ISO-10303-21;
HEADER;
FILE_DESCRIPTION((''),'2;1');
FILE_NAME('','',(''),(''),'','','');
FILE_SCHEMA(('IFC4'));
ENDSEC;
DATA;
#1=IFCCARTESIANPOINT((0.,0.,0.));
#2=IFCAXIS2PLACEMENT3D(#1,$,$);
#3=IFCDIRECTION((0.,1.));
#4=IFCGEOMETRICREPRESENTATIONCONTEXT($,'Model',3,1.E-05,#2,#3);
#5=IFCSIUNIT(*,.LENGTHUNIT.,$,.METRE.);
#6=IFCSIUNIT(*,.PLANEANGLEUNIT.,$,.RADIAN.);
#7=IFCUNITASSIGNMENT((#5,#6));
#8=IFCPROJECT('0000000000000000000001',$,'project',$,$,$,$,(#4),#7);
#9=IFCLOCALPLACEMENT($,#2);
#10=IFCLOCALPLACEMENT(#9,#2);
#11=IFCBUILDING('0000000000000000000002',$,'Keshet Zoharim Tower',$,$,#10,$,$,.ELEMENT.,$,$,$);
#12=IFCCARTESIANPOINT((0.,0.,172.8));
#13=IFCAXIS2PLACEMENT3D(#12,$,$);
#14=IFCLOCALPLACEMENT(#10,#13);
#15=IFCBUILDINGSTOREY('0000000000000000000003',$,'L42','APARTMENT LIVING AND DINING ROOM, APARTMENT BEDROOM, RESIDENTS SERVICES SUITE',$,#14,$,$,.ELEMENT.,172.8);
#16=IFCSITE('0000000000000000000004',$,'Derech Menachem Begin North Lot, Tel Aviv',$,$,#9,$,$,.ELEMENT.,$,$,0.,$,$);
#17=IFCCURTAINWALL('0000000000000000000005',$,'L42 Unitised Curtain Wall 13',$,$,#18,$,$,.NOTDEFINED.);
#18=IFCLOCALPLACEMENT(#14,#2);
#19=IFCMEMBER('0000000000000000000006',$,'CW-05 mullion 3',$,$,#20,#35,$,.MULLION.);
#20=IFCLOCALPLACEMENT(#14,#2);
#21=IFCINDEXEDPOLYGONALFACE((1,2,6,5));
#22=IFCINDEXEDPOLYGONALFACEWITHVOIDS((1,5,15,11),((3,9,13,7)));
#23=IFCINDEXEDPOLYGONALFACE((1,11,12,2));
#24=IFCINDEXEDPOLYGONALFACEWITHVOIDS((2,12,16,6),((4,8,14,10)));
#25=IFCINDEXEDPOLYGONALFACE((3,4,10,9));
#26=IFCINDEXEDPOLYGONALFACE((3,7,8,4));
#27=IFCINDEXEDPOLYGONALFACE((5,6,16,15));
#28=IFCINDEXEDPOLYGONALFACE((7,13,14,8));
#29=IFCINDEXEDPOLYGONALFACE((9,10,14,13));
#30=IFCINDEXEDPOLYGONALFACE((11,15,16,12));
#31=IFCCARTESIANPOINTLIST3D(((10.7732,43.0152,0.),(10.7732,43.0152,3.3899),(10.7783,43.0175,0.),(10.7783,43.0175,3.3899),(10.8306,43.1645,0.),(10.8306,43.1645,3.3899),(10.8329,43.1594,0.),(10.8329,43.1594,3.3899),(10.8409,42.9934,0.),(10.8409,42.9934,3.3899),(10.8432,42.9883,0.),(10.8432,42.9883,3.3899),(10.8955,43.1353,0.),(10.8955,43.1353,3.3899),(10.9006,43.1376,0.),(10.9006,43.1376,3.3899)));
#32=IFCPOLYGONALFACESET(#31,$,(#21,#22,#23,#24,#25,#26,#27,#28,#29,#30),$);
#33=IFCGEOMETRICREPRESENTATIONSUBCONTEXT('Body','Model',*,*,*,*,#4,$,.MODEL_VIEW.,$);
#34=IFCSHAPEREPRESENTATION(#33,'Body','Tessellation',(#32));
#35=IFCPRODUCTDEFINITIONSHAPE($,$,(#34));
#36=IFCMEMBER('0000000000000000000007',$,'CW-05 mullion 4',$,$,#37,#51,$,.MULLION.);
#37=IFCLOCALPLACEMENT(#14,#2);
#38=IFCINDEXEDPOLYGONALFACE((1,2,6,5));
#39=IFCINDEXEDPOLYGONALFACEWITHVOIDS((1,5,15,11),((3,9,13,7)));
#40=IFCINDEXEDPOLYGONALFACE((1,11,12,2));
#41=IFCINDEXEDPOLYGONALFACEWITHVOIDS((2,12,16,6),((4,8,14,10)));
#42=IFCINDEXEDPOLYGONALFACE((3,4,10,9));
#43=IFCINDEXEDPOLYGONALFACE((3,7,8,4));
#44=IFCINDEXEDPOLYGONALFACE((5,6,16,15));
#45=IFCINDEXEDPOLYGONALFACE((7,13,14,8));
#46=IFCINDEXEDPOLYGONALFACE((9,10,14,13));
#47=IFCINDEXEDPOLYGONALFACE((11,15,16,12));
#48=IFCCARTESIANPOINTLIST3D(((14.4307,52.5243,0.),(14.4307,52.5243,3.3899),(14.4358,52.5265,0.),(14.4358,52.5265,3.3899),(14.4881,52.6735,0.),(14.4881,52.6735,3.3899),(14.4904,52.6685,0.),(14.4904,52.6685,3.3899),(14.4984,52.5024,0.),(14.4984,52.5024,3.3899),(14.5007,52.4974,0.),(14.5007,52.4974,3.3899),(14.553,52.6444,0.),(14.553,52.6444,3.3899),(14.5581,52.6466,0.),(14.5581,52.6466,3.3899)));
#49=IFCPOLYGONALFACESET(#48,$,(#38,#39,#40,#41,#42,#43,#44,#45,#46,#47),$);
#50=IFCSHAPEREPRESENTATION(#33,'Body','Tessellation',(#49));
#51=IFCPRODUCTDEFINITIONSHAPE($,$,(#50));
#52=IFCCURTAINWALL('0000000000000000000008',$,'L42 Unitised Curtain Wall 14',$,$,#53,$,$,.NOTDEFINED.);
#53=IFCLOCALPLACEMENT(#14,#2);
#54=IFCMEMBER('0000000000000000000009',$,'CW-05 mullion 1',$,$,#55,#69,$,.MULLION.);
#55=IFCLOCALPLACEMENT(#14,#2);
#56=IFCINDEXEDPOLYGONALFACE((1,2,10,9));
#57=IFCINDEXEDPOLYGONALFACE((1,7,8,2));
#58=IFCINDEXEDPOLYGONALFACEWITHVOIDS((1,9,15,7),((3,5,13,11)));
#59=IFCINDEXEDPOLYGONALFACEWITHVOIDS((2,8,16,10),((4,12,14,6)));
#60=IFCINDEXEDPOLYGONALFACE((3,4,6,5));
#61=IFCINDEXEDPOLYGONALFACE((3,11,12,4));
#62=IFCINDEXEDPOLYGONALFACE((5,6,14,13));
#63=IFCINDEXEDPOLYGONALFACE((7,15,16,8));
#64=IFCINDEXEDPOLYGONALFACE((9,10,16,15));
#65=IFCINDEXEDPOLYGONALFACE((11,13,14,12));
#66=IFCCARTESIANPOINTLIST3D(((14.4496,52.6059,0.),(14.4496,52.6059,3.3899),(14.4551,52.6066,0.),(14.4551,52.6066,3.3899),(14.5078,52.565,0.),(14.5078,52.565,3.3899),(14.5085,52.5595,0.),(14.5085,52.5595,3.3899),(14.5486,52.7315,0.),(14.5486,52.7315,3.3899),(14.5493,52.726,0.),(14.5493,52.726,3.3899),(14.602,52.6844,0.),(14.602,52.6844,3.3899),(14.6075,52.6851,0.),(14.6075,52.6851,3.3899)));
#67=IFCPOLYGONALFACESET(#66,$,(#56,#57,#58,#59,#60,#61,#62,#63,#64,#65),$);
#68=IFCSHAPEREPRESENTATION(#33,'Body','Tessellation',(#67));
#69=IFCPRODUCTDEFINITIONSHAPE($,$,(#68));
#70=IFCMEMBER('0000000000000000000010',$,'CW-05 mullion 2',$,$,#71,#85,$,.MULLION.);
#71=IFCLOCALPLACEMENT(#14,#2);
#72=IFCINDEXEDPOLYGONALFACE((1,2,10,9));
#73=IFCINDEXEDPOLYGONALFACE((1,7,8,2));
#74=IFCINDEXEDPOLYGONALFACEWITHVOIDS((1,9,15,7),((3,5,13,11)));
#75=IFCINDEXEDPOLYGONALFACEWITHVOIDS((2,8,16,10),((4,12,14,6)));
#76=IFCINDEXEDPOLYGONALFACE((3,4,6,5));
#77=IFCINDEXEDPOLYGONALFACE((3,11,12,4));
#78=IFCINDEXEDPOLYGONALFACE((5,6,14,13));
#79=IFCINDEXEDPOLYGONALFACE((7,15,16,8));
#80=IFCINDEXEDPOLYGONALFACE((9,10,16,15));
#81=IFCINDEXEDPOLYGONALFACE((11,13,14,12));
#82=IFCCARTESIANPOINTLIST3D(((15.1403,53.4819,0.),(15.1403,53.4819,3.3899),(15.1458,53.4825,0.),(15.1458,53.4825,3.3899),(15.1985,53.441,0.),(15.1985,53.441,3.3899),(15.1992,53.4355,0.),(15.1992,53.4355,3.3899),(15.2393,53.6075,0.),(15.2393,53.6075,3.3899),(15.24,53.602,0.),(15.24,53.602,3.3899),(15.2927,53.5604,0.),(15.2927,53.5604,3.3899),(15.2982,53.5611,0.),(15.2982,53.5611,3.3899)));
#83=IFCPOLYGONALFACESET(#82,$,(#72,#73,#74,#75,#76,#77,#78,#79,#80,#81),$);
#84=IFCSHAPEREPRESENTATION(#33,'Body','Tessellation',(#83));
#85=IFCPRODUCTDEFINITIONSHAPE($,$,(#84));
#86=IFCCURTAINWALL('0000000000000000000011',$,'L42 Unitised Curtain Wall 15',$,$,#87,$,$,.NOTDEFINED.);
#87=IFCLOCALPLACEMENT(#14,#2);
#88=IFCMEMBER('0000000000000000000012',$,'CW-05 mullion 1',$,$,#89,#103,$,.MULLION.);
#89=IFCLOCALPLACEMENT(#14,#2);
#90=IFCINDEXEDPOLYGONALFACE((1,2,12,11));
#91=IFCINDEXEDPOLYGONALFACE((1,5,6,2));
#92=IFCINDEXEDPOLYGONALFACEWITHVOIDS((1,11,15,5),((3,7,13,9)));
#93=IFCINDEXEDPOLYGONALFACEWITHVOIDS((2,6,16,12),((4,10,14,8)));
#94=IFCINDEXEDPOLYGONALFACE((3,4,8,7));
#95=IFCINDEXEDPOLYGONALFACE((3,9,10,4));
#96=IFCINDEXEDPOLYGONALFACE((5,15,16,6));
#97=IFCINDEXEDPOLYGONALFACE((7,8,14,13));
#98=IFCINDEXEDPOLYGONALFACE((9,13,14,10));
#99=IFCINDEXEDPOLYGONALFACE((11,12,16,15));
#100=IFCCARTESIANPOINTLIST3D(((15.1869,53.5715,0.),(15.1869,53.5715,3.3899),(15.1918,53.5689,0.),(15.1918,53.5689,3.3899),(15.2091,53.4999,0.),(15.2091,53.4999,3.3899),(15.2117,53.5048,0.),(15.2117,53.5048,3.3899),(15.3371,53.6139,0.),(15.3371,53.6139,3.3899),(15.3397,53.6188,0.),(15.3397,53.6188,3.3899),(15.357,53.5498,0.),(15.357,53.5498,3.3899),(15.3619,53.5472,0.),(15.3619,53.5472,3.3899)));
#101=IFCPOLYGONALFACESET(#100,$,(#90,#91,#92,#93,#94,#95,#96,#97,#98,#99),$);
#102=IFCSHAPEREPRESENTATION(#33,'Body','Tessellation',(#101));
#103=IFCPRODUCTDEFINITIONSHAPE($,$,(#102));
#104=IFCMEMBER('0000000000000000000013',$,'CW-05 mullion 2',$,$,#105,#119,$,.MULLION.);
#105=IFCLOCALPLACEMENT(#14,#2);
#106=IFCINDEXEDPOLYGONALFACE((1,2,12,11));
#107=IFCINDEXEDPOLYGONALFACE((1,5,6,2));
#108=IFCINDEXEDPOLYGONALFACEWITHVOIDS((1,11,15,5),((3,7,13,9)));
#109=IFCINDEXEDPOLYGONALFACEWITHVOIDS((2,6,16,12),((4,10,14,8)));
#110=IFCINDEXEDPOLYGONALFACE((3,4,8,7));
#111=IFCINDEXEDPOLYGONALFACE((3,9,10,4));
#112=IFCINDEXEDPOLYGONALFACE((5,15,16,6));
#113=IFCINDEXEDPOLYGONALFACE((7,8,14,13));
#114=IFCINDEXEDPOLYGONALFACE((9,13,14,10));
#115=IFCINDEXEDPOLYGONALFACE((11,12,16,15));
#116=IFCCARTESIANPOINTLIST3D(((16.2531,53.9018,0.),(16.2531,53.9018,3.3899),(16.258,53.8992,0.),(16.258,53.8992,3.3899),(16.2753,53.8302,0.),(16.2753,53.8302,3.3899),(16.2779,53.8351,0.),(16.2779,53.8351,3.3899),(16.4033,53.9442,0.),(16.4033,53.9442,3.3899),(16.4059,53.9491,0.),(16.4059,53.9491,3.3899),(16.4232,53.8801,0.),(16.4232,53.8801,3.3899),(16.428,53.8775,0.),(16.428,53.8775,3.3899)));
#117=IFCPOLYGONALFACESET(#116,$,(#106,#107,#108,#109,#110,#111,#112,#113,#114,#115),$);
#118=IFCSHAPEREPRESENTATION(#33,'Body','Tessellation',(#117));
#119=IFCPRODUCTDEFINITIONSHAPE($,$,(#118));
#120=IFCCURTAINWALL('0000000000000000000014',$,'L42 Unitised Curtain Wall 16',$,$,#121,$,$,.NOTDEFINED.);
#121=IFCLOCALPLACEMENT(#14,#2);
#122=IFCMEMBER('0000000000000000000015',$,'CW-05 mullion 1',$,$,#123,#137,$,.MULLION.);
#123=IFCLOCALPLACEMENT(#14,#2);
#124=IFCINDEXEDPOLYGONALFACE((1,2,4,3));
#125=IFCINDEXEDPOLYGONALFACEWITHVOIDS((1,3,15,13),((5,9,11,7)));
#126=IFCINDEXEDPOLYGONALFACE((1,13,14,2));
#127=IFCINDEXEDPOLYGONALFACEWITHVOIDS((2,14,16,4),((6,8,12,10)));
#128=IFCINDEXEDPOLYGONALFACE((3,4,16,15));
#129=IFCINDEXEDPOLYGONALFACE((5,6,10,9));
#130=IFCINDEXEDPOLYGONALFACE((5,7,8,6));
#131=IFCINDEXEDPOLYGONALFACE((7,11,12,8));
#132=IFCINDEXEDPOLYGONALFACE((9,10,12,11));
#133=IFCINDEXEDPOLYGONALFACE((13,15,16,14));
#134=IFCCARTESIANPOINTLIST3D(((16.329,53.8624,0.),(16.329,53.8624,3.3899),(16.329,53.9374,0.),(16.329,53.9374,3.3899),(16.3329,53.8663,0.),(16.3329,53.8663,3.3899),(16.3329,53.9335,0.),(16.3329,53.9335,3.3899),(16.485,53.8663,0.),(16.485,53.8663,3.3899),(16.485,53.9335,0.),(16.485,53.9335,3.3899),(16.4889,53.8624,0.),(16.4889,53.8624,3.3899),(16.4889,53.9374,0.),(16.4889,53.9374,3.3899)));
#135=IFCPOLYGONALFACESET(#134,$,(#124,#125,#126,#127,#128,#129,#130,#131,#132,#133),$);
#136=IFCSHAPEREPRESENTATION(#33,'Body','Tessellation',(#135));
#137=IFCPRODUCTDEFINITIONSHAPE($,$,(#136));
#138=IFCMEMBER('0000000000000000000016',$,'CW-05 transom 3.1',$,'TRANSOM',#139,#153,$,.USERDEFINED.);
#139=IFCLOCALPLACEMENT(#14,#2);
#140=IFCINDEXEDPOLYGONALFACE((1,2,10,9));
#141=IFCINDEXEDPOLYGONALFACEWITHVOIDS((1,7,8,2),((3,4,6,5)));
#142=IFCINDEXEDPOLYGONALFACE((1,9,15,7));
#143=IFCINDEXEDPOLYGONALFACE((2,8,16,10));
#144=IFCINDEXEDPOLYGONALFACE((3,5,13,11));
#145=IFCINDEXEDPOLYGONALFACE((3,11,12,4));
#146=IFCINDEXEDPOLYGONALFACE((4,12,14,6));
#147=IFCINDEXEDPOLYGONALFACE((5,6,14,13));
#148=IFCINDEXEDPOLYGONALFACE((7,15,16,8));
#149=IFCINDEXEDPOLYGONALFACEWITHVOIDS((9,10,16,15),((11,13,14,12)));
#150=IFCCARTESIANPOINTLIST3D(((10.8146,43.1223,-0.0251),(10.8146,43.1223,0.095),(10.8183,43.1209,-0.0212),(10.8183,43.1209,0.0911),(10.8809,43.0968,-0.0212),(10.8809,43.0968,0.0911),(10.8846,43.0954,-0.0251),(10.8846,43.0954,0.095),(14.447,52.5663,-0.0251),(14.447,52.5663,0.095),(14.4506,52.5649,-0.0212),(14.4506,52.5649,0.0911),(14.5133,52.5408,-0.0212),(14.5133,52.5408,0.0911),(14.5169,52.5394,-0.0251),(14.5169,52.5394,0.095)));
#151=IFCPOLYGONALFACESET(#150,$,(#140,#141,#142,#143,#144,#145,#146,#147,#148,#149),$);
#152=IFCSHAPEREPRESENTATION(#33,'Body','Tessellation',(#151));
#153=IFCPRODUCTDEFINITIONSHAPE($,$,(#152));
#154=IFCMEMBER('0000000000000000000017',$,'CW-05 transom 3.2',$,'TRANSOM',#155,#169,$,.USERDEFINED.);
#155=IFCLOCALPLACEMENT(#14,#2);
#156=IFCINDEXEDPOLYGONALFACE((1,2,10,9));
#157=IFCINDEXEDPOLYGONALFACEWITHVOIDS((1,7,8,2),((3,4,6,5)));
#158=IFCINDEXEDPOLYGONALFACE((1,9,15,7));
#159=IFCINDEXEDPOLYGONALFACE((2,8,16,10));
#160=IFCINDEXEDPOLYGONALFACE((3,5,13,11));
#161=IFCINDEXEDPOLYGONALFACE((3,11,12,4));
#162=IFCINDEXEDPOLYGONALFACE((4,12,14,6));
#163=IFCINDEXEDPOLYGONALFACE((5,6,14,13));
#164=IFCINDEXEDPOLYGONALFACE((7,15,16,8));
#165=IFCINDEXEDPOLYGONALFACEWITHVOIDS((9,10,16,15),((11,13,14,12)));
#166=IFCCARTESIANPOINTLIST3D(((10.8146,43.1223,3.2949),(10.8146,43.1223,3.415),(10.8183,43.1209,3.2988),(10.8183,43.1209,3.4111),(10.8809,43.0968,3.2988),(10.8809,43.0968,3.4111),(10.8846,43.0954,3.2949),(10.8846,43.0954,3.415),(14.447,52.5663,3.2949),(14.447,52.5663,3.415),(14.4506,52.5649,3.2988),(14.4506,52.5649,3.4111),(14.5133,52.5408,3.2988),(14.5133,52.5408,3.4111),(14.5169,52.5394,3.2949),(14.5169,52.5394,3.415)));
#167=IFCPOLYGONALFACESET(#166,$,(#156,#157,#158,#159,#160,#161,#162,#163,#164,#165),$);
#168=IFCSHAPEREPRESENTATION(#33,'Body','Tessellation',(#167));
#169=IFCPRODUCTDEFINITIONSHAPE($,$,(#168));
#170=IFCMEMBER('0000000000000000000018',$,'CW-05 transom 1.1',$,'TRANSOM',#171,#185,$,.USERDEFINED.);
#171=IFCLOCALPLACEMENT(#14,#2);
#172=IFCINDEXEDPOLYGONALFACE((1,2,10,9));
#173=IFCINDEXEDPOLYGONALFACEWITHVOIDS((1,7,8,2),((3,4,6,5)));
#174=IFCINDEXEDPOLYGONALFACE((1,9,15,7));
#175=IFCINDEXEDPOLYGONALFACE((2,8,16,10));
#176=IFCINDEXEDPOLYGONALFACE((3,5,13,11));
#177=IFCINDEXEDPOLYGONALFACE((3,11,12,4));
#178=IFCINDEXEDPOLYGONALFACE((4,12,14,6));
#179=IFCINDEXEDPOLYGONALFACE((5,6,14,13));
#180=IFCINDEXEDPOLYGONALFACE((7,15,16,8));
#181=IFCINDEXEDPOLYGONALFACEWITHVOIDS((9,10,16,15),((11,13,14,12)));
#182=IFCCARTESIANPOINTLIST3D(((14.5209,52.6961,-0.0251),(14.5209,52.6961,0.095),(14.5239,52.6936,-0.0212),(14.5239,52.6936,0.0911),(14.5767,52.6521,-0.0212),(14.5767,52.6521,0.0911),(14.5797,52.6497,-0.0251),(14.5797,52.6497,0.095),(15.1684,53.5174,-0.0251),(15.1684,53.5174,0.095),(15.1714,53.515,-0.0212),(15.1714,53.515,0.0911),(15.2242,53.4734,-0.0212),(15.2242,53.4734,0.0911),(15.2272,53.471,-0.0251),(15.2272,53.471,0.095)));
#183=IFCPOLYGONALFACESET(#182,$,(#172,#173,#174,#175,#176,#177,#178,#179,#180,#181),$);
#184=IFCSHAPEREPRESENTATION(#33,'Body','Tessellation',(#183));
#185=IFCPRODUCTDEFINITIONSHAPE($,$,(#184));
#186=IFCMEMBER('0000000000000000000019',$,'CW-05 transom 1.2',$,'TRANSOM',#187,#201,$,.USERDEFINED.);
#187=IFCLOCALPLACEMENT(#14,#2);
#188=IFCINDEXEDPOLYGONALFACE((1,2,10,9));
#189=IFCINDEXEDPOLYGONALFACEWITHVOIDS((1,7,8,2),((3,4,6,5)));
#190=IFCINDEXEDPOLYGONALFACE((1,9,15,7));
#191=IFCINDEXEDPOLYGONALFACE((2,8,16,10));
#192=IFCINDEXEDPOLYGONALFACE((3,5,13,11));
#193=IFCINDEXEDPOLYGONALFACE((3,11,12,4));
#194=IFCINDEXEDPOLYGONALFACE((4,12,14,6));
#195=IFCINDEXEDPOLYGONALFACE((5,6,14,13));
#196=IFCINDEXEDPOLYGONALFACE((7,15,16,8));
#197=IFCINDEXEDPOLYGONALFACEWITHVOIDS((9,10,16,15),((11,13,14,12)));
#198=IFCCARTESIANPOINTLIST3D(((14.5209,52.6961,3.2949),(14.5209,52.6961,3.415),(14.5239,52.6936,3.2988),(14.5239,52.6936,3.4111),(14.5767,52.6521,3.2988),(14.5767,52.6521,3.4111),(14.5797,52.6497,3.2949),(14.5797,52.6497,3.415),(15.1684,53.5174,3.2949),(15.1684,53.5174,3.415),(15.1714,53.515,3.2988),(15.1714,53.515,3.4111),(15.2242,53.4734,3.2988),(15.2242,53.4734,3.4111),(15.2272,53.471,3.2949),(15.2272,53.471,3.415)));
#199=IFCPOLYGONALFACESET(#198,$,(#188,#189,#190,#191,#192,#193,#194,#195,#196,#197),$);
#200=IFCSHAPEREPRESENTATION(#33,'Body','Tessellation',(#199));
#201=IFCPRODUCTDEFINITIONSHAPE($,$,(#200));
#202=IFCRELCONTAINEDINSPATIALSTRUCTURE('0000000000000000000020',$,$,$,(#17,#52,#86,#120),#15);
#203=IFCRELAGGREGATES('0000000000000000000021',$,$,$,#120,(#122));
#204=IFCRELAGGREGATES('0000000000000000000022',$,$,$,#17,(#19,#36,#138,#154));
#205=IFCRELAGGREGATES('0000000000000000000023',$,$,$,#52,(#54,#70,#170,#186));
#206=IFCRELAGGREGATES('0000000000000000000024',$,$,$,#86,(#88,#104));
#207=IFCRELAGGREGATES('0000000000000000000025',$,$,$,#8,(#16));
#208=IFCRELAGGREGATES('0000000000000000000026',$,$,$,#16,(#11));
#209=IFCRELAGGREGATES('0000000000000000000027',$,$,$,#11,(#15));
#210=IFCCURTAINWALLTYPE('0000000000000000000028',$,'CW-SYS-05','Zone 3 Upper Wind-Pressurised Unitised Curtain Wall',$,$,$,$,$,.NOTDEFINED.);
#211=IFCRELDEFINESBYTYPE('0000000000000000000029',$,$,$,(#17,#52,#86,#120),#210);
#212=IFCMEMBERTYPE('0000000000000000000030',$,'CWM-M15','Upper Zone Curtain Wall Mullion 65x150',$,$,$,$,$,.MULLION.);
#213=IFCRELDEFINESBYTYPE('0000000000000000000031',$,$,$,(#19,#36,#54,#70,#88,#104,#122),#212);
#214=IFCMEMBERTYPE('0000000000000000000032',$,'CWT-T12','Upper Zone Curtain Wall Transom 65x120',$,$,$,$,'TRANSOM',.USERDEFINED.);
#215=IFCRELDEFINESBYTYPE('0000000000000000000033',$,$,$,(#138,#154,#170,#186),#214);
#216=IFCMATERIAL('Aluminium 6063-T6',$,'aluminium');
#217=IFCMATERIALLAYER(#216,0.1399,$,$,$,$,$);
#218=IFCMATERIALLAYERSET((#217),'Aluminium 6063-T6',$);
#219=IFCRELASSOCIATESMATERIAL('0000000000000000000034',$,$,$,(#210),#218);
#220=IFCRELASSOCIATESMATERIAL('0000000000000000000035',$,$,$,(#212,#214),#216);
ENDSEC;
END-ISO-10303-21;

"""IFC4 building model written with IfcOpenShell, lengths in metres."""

from ifc_helpers import new_model, si_unit, direction, frame, origin, origin_2d, place, context, subcontext, project, spatial, hollow_rectangle, extrude, material, layer, layer_set, material_profile, profile_set, type_object, element, aggregate, save


model = new_model("IFC4")

# Units and contexts
model_context = context("Model", 3, precision=1e-05, world=origin(), true_north=direction((0.0, 1.0)))
body_context = subcontext(model_context, "Body", "Model", "MODEL_VIEW")
ifc_project = project(units=[si_unit("LENGTHUNIT", "METRE"), si_unit("PLANEANGLEUNIT", "RADIAN")], contexts=[model_context])

# Site, building, storey
site_placement = place(None, origin())
site = spatial("IfcSite", under=ifc_project, at=site_placement, Name="Derech Menachem Begin North Lot, Tel Aviv", CompositionType="ELEMENT", RefElevation=0.0)
building_placement = place(site_placement, origin())
building = spatial("IfcBuilding", under=site, at=building_placement, Name="Keshet Zoharim Tower", CompositionType="ELEMENT")
storey_placement = place(building_placement, frame((0.0, 0.0, 172.8)))
storey = spatial("IfcBuildingStorey", under=building, at=storey_placement, Name="L42", Description="APARTMENT LIVING AND DINING ROOM, APARTMENT BEDROOM, RESIDENTS SERVICES SUITE", CompositionType="ELEMENT", Elevation=172.8)

# Curtain walls, members
ifc_material_1 = material(Name="Aluminium 6063-T6", Category="aluminium")
ifc_layer_1 = layer(ifc_material_1, 0.1399)
ifc_layer_set_1 = layer_set([ifc_layer_1], Name="Aluminium 6063-T6")
curtain_wall_type = type_object("IfcCurtainWallType", Name="CW-SYS-05", Description="Zone 3 Upper Wind-Pressurised Unitised Curtain Wall", PredefinedType="NOTDEFINED", material=ifc_layer_set_1)
curtain_wall_1_placement = place(storey_placement, origin())
curtain_wall_1 = element("IfcCurtainWall", 1, at=curtain_wall_1_placement, inside=storey, type_object=curtain_wall_type, Name="L42 Unitised Curtain Wall 13", PredefinedType="NOTDEFINED")
ifc_material_profile_1 = material_profile(ifc_material_1, hollow_rectangle(XDim=0.075, YDim=0.1599, WallThickness=0.0039, at=origin_2d()), Name="MUL-75x160")
ifc_profile_set_1 = profile_set([ifc_material_profile_1], Name="Aluminium 6063-T6")
member_type_1 = type_object("IfcMemberType", Name="CWM-M15", Description="Upper Zone Curtain Wall Mullion 65x150", PredefinedType="MULLION", material=ifc_profile_set_1)
member_1_placement = place(storey_placement, frame((10.8369, 43.0764, 0.0), z_axis=(0.0, 0.0, 1.0), x_axis=(-0.933341, 0.35899, 0.0)))
member_1 = element("IfcMember", 2, at=member_1_placement, type_object=member_type_1, Name="CW-05 mullion 3", PredefinedType="MULLION", context=body_context, shape_type="SweptSolid", body=[
    extrude(hollow_rectangle(XDim=0.075, YDim=0.1599, WallThickness=0.0039, at=origin_2d()), origin(), (0.0, 0.0, 1.0), 3.3899),
])
member_2_placement = place(storey_placement, frame((14.4944, 52.5854, 0.0), z_axis=(0.0, 0.0, 1.0), x_axis=(-0.933341, 0.35899, 0.0)))
member_2 = element("IfcMember", 3, at=member_2_placement, type_object=member_type_1, Name="CW-05 mullion 4", PredefinedType="MULLION", context=body_context, shape_type="SweptSolid", body=[
    extrude(hollow_rectangle(XDim=0.075, YDim=0.1599, WallThickness=0.0039, at=origin_2d()), origin(), (0.0, 0.0, 1.0), 3.3899),
])
curtain_wall_2_placement = place(storey_placement, origin())
curtain_wall_2 = element("IfcCurtainWall", 4, at=curtain_wall_2_placement, inside=storey, type_object=curtain_wall_type, Name="L42 Unitised Curtain Wall 14", PredefinedType="NOTDEFINED")
member_3_placement = place(storey_placement, frame((14.5286, 52.6455, 0.0), z_axis=(0.0, 0.0, 1.0), x_axis=(-0.785293, 0.619125, 0.0)))
member_3 = element("IfcMember", 5, at=member_3_placement, type_object=member_type_1, Name="CW-05 mullion 1", PredefinedType="MULLION", context=body_context, shape_type="SweptSolid", body=[
    extrude(hollow_rectangle(XDim=0.075, YDim=0.1599, WallThickness=0.0039, at=origin_2d()), origin(), (0.0, 0.0, 1.0), 3.3899),
])
member_4_placement = place(storey_placement, frame((15.2192, 53.5215, 0.0), z_axis=(0.0, 0.0, 1.0), x_axis=(-0.785293, 0.619125, 0.0)))
member_4 = element("IfcMember", 6, at=member_4_placement, type_object=member_type_1, Name="CW-05 mullion 2", PredefinedType="MULLION", context=body_context, shape_type="SweptSolid", body=[
    extrude(hollow_rectangle(XDim=0.075, YDim=0.1599, WallThickness=0.0039, at=origin_2d()), origin(), (0.0, 0.0, 1.0), 3.3899),
])
curtain_wall_3_placement = place(storey_placement, origin())
curtain_wall_3 = element("IfcCurtainWall", 7, at=curtain_wall_3_placement, inside=storey, type_object=curtain_wall_type, Name="L42 Unitised Curtain Wall 15", PredefinedType="NOTDEFINED")
member_5_placement = place(storey_placement, frame((15.2744, 53.5593, 0.0), z_axis=(0.0, 0.0, 1.0), x_axis=(-0.295922, 0.955212, 0.0)))
member_5 = element("IfcMember", 8, at=member_5_placement, type_object=member_type_1, Name="CW-05 mullion 1", PredefinedType="MULLION", context=body_context, shape_type="SweptSolid", body=[
    extrude(hollow_rectangle(XDim=0.075, YDim=0.1599, WallThickness=0.0039, at=origin_2d()), origin(), (0.0, 0.0, 1.0), 3.3899),
])
member_6_placement = place(storey_placement, frame((16.3406, 53.8896, 0.0), z_axis=(0.0, 0.0, 1.0), x_axis=(-0.295922, 0.955212, 0.0)))
member_6 = element("IfcMember", 9, at=member_6_placement, type_object=member_type_1, Name="CW-05 mullion 2", PredefinedType="MULLION", context=body_context, shape_type="SweptSolid", body=[
    extrude(hollow_rectangle(XDim=0.075, YDim=0.1599, WallThickness=0.0039, at=origin_2d()), origin(), (0.0, 0.0, 1.0), 3.3899),
])

# Curtain wall, member
curtain_wall_4_placement = place(storey_placement, origin())
curtain_wall_4 = element("IfcCurtainWall", 10, at=curtain_wall_4_placement, inside=storey, type_object=curtain_wall_type, Name="L42 Unitised Curtain Wall 16", PredefinedType="NOTDEFINED")
member_7_placement = place(storey_placement, frame((16.4089, 53.8999, 0.0), z_axis=(0.0, 0.0, 1.0), x_axis=(0.0, 1.0, 0.0)))
member_7 = element("IfcMember", 11, at=member_7_placement, type_object=member_type_1, Name="CW-05 mullion 1", PredefinedType="MULLION", context=body_context, shape_type="SweptSolid", body=[
    extrude(hollow_rectangle(XDim=0.075, YDim=0.1599, WallThickness=0.0039, at=origin_2d()), origin(), (0.0, 0.0, 1.0), 3.3899),
])

# Members
ifc_material_profile_2 = material_profile(ifc_material_1, hollow_rectangle(XDim=0.075, YDim=0.1201, WallThickness=0.0039, at=origin_2d()), Name="TRN-75x120")
ifc_profile_set_2 = profile_set([ifc_material_profile_2], Name="Aluminium 6063-T6")
member_type_2 = type_object("IfcMemberType", Name="CWT-T12", Description="Upper Zone Curtain Wall Transom 65x120", ElementType="TRANSOM", PredefinedType="USERDEFINED", material=ifc_profile_set_2)
member_8_placement = place(storey_placement, frame((10.8496, 43.1089, 0.0349), z_axis=(0.358986, 0.933343, 0.0), x_axis=(-0.933343, 0.358986, 0.0)))
member_8 = element("IfcMember", 12, at=member_8_placement, type_object=member_type_2, Name="CW-05 transom 3.1", ObjectType="TRANSOM", PredefinedType="USERDEFINED", context=body_context, shape_type="SweptSolid", body=[
    extrude(hollow_rectangle(XDim=0.075, YDim=0.1201, WallThickness=0.0039, at=origin_2d()), origin(), (0.0, 0.0, 1.0), 10.1184),
])
member_9_placement = place(storey_placement, frame((10.8496, 43.1089, 3.355), z_axis=(0.358986, 0.933343, 0.0), x_axis=(-0.933343, 0.358986, 0.0)))
member_9 = element("IfcMember", 13, at=member_9_placement, type_object=member_type_2, Name="CW-05 transom 3.2", ObjectType="TRANSOM", PredefinedType="USERDEFINED", context=body_context, shape_type="SweptSolid", body=[
    extrude(hollow_rectangle(XDim=0.075, YDim=0.1201, WallThickness=0.0039, at=origin_2d()), origin(), (0.0, 0.0, 1.0), 10.1184),
])
member_10_placement = place(storey_placement, frame((14.5503, 52.6729, 0.0349), z_axis=(0.619099, 0.785313, 0.0), x_axis=(-0.785313, 0.619099, 0.0)))
member_10 = element("IfcMember", 14, at=member_10_placement, type_object=member_type_2, Name="CW-05 transom 1.1", ObjectType="TRANSOM", PredefinedType="USERDEFINED", context=body_context, shape_type="SweptSolid", body=[
    extrude(hollow_rectangle(XDim=0.075, YDim=0.1201, WallThickness=0.0039, at=origin_2d()), origin(), (0.0, 0.0, 1.0), 1.0459),
])
member_11_placement = place(storey_placement, frame((14.5503, 52.6729, 3.355), z_axis=(0.619099, 0.785313, 0.0), x_axis=(-0.785313, 0.619099, 0.0)))
member_11 = element("IfcMember", 15, at=member_11_placement, type_object=member_type_2, Name="CW-05 transom 1.2", ObjectType="TRANSOM", PredefinedType="USERDEFINED", context=body_context, shape_type="SweptSolid", body=[
    extrude(hollow_rectangle(XDim=0.075, YDim=0.1201, WallThickness=0.0039, at=origin_2d()), origin(), (0.0, 0.0, 1.0), 1.0459),
])
aggregate(curtain_wall_4, [member_7])

aggregate(curtain_wall_1, [member_1, member_2, member_8, member_9])
aggregate(curtain_wall_2, [member_3, member_4, member_10, member_11])
aggregate(curtain_wall_3, [member_5, member_6])

save(model, "model.ifc")
